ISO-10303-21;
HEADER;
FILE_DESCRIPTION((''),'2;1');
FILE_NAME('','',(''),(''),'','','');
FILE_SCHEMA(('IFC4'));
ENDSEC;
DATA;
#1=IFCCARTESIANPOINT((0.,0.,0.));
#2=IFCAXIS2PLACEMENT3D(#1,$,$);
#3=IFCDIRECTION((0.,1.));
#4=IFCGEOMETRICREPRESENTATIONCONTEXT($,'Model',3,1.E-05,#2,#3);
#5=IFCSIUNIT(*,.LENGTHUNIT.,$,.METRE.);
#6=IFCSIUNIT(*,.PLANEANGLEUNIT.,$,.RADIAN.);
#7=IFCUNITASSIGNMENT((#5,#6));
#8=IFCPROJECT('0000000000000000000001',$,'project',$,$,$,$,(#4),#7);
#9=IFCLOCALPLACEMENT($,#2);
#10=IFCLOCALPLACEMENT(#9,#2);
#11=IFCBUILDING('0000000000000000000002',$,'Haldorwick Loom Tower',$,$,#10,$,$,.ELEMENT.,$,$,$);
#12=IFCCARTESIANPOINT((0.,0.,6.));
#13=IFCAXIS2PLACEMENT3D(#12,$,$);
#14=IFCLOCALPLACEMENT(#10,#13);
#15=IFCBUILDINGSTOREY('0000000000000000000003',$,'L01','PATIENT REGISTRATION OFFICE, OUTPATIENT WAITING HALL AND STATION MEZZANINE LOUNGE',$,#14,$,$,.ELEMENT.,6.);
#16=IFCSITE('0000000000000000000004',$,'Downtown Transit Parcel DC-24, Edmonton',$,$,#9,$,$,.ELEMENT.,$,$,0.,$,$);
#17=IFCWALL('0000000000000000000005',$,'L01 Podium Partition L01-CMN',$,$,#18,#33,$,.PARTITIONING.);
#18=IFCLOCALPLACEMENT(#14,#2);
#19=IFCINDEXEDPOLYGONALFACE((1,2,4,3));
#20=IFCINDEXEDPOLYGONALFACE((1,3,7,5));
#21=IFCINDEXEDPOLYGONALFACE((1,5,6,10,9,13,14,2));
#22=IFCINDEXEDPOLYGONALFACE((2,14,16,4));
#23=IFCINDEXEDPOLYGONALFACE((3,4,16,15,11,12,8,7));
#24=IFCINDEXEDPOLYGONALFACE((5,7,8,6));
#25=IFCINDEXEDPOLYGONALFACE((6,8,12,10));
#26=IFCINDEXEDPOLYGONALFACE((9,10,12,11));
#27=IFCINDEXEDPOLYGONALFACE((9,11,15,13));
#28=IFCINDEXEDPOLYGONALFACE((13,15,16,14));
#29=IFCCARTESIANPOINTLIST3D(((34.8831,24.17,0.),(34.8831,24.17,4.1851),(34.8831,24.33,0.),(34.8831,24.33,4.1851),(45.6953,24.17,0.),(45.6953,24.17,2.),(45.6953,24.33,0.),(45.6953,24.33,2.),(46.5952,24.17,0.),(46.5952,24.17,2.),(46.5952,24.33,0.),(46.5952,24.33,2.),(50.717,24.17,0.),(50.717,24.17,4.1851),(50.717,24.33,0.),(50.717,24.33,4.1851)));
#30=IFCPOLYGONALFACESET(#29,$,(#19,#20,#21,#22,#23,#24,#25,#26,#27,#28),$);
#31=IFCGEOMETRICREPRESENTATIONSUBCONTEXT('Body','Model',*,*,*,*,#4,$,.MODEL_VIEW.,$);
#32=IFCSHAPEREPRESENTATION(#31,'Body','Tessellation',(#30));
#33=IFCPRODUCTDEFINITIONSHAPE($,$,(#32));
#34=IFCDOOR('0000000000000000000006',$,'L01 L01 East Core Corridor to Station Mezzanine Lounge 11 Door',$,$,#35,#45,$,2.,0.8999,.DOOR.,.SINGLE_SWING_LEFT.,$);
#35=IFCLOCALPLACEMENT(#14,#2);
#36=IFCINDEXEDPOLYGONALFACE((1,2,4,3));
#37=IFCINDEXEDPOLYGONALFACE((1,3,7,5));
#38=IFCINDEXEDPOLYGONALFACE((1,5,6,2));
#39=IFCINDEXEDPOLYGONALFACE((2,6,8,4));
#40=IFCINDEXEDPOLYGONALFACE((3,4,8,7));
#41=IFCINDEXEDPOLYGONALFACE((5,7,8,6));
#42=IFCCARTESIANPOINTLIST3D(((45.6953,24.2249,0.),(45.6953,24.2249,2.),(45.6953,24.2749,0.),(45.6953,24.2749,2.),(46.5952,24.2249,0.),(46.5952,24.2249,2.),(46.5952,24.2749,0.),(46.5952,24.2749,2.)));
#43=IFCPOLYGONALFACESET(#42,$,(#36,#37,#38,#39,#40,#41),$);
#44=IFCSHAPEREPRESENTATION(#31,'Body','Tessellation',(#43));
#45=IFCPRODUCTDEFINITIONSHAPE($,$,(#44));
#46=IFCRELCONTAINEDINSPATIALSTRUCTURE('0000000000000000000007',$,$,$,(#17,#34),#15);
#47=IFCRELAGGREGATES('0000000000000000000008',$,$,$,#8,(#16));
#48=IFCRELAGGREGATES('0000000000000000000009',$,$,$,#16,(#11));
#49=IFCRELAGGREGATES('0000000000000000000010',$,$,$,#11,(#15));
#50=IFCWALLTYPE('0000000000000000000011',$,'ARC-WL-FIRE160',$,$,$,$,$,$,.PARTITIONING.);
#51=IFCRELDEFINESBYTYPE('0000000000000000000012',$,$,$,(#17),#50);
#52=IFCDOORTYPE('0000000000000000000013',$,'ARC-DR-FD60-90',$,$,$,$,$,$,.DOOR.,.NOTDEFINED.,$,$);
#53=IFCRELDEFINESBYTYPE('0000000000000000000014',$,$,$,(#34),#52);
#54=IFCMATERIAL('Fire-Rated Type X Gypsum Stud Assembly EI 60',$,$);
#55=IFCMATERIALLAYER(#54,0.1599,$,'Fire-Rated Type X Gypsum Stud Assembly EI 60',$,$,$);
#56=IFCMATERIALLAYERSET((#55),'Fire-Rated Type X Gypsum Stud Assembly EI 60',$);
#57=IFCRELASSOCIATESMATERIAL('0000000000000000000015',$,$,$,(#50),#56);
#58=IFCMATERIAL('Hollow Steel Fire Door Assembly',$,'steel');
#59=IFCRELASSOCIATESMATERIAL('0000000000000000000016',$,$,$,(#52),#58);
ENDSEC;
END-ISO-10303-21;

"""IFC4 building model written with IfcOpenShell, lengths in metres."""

from ifc_helpers import new_model, si_unit, direction, frame, frame_2d, origin, place, context, subcontext, project, spatial, rectangle, extrude, material, layer, layer_set, type_object, element, fill, save


model = new_model("IFC4")

# Units and contexts
model_context = context("Model", 3, precision=1e-05, world=origin(), true_north=direction((0.0, 1.0)))
body_context = subcontext(model_context, "Body", "Model", "MODEL_VIEW")
ifc_project = project(units=[si_unit("LENGTHUNIT", "METRE"), si_unit("PLANEANGLEUNIT", "RADIAN")], contexts=[model_context])

# Site, building, storey
site_placement = place(None, origin())
site = spatial("IfcSite", under=ifc_project, at=site_placement, Name="Downtown Transit Parcel DC-24, Edmonton", CompositionType="ELEMENT", RefElevation=0.0)
building_placement = place(site_placement, origin())
building = spatial("IfcBuilding", under=site, at=building_placement, Name="Haldorwick Loom Tower", CompositionType="ELEMENT")
storey_placement = place(building_placement, frame((0.0, 0.0, 6.0)))
storey = spatial("IfcBuildingStorey", under=building, at=storey_placement, Name="L01", Description="PATIENT REGISTRATION OFFICE, OUTPATIENT WAITING HALL AND STATION MEZZANINE LOUNGE", CompositionType="ELEMENT", Elevation=6.0)

# Wall, opening, door
ifc_material_1 = material(Name="Fire-Rated Type X Gypsum Stud Assembly EI 60")
ifc_layer_1 = layer(ifc_material_1, 0.1599, Name="Fire-Rated Type X Gypsum Stud Assembly EI 60")
ifc_layer_set_1 = layer_set([ifc_layer_1], Name="Fire-Rated Type X Gypsum Stud Assembly EI 60")
wall_type = type_object("IfcWallType", Name="ARC-WL-FIRE160", PredefinedType="PARTITIONING", material=ifc_layer_set_1)
ifc_material_2 = material(Name="Hollow Steel Fire Door Assembly", Category="steel")
door_type = type_object("IfcDoorType", Name="ARC-DR-FD60-90", OperationType="NOTDEFINED", PredefinedType="DOOR", material=ifc_material_2)
wall_1_placement = place(storey_placement, frame((34.8831, 24.25, 0.0), z_axis=(0.0, 0.0, 1.0), x_axis=(1.0, 0.0, 0.0)))
wall_1 = element("IfcWall", 1, at=wall_1_placement, inside=storey, type_object=wall_type, Name="L01 Podium Partition L01-CMN", PredefinedType="PARTITIONING", context=body_context, shape_type="SweptSolid", body=[
    extrude(rectangle(XDim=15.834, YDim=0.1599, at=frame_2d((7.917, 0.0))), origin(), (0.0, 0.0, 1.0), 4.1851),
])
opening_1_placement = place(wall_1_placement, frame((10.8123, 0.0, 0.0)))
opening_1 = element("IfcOpeningElement", 2, at=opening_1_placement, cuts=wall_1, PredefinedType="OPENING", context=body_context, shape_type="SweptSolid", body=[
    extrude(rectangle(XDim=0.8999, YDim=2.0, at=frame_2d((0.45, 1.0))), frame((0.0, 0.0898, 0.0), z_axis=(0.0, -1.0, 0.0), x_axis=(1.0, 0.0, 0.0)), (0.0, 0.0, 1.0), 0.1799),
])
door_1_placement = place(opening_1_placement, origin())
door_1 = element("IfcDoor", 3, at=door_1_placement, inside=storey, type_object=door_type, Name="L01 L01 East Core Corridor to Station Mezzanine Lounge 11 Door", OperationType="SINGLE_SWING_LEFT", OverallHeight=2.0, OverallWidth=0.8999, PredefinedType="DOOR", context=body_context, shape_type="SweptSolid", body=[
    extrude(rectangle(XDim=0.8999, YDim=2.0, at=frame_2d((0.45, 1.0))), frame((0.0, 0.0249, 0.0), z_axis=(0.0, -1.0, 0.0), x_axis=(1.0, 0.0, 0.0)), (0.0, 0.0, 1.0), 0.05),
])
fill(opening_1, door_1)

save(model, "model.ifc")
